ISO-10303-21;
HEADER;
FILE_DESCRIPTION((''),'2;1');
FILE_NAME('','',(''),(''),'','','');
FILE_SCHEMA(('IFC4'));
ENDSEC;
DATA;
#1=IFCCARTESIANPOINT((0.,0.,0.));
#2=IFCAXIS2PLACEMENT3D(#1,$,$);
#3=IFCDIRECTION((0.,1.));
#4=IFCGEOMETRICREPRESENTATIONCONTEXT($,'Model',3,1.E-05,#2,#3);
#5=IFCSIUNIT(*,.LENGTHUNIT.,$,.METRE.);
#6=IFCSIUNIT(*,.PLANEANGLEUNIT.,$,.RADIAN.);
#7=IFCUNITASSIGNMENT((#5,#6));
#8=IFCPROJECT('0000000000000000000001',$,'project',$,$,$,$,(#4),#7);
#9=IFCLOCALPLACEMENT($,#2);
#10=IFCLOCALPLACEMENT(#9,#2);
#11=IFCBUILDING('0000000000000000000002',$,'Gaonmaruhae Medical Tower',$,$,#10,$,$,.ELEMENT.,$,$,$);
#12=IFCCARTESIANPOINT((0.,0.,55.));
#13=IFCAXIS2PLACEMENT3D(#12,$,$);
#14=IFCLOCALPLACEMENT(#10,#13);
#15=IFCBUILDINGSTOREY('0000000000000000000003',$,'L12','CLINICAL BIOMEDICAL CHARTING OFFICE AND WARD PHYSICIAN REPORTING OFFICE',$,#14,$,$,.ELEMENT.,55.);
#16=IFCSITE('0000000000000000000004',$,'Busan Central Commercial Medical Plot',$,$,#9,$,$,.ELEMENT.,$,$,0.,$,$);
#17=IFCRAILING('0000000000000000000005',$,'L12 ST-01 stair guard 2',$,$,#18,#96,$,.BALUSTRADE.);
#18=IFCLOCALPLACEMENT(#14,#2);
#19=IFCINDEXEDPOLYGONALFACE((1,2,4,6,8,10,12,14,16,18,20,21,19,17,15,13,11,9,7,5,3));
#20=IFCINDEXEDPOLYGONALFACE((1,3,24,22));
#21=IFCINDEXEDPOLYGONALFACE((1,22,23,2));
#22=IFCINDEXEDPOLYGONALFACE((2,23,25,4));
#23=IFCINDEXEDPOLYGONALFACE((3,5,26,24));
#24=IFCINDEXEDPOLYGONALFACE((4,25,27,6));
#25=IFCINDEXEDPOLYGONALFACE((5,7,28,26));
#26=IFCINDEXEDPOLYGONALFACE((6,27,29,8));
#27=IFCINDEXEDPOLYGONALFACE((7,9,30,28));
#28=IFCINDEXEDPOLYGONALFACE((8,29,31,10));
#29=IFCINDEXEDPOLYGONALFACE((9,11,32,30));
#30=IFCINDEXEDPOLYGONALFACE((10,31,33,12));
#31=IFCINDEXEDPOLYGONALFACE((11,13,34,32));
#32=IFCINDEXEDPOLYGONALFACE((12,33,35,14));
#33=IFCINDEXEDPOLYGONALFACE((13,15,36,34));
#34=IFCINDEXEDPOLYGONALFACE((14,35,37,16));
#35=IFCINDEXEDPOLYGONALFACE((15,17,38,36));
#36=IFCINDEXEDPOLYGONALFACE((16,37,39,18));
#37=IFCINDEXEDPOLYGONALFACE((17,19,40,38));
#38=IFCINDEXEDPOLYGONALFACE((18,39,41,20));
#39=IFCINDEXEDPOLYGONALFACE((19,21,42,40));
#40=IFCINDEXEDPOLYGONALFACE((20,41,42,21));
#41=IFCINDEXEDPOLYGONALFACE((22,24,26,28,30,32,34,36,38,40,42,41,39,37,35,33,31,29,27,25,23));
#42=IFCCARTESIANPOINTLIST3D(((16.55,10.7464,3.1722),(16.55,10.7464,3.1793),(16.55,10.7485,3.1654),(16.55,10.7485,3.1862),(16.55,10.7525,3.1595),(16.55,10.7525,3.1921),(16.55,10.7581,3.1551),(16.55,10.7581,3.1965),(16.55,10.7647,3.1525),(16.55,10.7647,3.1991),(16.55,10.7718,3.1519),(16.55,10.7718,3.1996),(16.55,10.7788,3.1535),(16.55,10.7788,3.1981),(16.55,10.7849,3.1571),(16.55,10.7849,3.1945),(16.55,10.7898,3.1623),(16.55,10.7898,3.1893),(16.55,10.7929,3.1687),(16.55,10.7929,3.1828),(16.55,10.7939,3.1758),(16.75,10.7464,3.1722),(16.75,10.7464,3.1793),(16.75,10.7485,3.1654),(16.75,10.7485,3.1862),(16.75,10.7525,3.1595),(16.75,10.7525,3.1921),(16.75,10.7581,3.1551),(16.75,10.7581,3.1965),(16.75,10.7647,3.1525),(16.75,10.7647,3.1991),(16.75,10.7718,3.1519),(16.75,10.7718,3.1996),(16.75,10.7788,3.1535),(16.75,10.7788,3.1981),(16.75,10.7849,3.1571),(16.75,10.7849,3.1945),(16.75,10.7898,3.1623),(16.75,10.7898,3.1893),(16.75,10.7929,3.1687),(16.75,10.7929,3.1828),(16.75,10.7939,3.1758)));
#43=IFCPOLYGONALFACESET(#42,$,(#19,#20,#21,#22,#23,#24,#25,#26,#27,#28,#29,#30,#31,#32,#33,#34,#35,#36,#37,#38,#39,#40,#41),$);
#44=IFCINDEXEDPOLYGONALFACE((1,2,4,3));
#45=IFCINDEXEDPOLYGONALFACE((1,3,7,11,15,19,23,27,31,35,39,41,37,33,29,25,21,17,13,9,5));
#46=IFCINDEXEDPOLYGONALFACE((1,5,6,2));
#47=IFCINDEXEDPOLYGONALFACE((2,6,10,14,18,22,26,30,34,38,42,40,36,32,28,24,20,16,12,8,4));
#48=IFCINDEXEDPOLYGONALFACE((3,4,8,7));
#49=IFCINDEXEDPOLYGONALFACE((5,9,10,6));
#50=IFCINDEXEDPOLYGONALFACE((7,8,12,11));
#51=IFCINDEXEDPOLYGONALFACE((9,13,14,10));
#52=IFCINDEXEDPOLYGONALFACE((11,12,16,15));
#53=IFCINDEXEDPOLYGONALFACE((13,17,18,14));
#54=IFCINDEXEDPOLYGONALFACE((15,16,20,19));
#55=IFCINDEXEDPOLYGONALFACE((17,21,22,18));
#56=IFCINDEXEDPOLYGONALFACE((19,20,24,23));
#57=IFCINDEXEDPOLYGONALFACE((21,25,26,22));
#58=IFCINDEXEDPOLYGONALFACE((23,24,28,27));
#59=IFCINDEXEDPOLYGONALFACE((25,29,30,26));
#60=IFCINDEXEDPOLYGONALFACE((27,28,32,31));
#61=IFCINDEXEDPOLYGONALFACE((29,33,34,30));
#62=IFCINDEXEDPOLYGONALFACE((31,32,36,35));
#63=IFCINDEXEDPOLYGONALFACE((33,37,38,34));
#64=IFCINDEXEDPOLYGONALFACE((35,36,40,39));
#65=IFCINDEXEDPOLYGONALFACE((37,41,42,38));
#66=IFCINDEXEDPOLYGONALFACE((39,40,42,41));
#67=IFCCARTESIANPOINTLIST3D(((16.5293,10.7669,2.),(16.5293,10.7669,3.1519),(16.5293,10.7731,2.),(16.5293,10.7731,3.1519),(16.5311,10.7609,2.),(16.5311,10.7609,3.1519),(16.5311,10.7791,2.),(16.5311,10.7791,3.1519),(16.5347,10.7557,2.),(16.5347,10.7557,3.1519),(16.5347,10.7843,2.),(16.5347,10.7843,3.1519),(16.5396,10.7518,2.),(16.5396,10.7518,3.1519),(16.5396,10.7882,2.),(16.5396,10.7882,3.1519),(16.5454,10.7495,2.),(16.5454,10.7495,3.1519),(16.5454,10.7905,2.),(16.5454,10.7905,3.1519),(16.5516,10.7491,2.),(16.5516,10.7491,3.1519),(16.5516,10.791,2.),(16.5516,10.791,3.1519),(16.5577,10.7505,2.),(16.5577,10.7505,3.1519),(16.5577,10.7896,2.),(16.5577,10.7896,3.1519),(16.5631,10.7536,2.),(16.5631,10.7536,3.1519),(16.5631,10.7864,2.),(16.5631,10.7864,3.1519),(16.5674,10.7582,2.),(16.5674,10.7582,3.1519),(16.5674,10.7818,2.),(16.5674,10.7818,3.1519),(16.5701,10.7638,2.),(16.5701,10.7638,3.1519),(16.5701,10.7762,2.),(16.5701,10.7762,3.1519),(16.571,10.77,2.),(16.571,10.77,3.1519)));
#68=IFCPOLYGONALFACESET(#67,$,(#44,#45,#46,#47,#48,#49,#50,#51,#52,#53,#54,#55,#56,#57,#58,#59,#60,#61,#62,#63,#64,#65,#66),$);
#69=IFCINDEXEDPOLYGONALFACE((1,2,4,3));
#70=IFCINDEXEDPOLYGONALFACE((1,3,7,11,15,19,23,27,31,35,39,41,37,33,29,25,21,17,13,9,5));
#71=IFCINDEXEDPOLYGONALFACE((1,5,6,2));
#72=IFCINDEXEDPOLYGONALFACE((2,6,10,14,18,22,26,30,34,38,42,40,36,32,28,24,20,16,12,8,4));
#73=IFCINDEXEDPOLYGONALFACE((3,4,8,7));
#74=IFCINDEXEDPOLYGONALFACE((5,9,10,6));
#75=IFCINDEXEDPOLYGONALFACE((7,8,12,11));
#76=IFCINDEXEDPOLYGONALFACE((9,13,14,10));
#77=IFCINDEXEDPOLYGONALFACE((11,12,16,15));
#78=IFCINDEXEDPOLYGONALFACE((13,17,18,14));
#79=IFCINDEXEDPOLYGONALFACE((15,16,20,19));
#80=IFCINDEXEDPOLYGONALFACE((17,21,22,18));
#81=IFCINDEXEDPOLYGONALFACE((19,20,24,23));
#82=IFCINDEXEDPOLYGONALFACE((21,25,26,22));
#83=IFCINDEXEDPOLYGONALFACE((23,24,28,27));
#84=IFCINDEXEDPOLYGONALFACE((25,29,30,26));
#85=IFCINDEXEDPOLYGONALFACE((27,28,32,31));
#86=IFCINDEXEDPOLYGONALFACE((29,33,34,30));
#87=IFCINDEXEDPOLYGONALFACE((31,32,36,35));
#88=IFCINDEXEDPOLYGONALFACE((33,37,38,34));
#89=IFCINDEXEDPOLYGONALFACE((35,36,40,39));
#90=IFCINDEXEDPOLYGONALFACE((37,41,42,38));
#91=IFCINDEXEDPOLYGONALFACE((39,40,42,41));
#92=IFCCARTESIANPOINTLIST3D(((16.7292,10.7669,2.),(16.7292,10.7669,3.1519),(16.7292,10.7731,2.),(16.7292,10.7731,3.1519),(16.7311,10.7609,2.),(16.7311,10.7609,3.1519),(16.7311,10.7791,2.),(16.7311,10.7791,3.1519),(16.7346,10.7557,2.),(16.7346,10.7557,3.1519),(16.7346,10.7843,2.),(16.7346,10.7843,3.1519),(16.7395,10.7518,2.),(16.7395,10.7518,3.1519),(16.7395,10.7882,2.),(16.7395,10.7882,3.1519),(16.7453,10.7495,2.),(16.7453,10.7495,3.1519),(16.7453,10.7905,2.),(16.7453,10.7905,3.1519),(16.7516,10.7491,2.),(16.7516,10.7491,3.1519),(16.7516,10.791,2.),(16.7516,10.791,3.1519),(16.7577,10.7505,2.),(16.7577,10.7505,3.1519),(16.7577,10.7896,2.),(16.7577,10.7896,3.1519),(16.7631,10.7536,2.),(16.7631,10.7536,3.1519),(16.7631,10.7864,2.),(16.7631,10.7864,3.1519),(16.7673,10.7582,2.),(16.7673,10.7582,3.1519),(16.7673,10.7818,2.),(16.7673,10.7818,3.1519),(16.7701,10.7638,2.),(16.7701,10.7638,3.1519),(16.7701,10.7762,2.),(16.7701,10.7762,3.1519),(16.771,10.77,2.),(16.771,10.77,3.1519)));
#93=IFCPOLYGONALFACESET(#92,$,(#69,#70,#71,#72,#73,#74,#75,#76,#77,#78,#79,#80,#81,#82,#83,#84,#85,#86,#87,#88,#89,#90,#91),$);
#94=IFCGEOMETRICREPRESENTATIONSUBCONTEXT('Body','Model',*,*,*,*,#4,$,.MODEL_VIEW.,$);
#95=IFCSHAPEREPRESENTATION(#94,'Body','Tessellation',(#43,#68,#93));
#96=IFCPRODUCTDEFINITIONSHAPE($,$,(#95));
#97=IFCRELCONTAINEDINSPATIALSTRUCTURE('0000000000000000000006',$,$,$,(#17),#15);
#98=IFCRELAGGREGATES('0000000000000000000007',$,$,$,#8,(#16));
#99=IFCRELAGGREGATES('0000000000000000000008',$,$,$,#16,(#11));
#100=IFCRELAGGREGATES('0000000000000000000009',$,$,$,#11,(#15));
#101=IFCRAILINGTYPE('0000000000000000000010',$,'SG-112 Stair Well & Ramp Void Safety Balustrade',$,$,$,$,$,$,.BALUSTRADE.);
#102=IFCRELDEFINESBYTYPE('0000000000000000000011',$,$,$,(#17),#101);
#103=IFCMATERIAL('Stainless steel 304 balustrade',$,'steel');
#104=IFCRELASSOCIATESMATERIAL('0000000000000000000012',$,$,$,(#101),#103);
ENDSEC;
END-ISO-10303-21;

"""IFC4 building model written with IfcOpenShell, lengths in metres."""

from ifc_helpers import new_model, si_unit, direction, frame, origin, origin_2d, place, context, subcontext, project, spatial, circle, extrude, material, type_object, element, save


model = new_model("IFC4")

# Units and contexts
model_context = context("Model", 3, precision=1e-05, world=origin(), true_north=direction((0.0, 1.0)))
body_context = subcontext(model_context, "Body", "Model", "MODEL_VIEW")
ifc_project = project(units=[si_unit("LENGTHUNIT", "METRE"), si_unit("PLANEANGLEUNIT", "RADIAN")], contexts=[model_context])

# Site, building, storey
site_placement = place(None, origin())
site = spatial("IfcSite", under=ifc_project, at=site_placement, Name="Busan Central Commercial Medical Plot", CompositionType="ELEMENT", RefElevation=0.0)
building_placement = place(site_placement, origin())
building = spatial("IfcBuilding", under=site, at=building_placement, Name="Gaonmaruhae Medical Tower", CompositionType="ELEMENT")
storey_placement = place(building_placement, frame((0.0, 0.0, 55.0)))
storey = spatial("IfcBuildingStorey", under=building, at=storey_placement, Name="L12", Description="CLINICAL BIOMEDICAL CHARTING OFFICE AND WARD PHYSICIAN REPORTING OFFICE", CompositionType="ELEMENT", Elevation=55.0)

# Railing
ifc_material_1 = material(Name="Stainless steel 304 balustrade", Category="steel")
railing_type_1 = type_object("IfcRailingType", Name="SG-112 Stair Well & Ramp Void Safety Balustrade", PredefinedType="BALUSTRADE", material=ifc_material_1)
railing_1_placement = place(storey_placement, frame((16.55, 10.77, 2.0)))
element("IfcRailing", 1, at=railing_1_placement, inside=storey, type_object=railing_type_1, Name="L12 ST-01 stair guard 2", PredefinedType="BALUSTRADE", context=body_context, shape_type="SweptSolid", body=[
    extrude(circle(Radius=0.0239, at=origin_2d()), frame((0.0, 0.0, 1.1758), z_axis=(1.0, 0.0, 0.0), x_axis=(0.0, 1.0, 0.0)), (0.0, 0.0, 1.0), 0.2),
    extrude(circle(Radius=0.021, at=origin_2d()), origin(), (0.0, 0.0, 1.0), 1.1519),
    extrude(circle(Radius=0.021, at=origin_2d()), frame((0.2, 0.0, 0.0)), (0.0, 0.0, 1.0), 1.1519),
])

save(model, "model.ifc")
